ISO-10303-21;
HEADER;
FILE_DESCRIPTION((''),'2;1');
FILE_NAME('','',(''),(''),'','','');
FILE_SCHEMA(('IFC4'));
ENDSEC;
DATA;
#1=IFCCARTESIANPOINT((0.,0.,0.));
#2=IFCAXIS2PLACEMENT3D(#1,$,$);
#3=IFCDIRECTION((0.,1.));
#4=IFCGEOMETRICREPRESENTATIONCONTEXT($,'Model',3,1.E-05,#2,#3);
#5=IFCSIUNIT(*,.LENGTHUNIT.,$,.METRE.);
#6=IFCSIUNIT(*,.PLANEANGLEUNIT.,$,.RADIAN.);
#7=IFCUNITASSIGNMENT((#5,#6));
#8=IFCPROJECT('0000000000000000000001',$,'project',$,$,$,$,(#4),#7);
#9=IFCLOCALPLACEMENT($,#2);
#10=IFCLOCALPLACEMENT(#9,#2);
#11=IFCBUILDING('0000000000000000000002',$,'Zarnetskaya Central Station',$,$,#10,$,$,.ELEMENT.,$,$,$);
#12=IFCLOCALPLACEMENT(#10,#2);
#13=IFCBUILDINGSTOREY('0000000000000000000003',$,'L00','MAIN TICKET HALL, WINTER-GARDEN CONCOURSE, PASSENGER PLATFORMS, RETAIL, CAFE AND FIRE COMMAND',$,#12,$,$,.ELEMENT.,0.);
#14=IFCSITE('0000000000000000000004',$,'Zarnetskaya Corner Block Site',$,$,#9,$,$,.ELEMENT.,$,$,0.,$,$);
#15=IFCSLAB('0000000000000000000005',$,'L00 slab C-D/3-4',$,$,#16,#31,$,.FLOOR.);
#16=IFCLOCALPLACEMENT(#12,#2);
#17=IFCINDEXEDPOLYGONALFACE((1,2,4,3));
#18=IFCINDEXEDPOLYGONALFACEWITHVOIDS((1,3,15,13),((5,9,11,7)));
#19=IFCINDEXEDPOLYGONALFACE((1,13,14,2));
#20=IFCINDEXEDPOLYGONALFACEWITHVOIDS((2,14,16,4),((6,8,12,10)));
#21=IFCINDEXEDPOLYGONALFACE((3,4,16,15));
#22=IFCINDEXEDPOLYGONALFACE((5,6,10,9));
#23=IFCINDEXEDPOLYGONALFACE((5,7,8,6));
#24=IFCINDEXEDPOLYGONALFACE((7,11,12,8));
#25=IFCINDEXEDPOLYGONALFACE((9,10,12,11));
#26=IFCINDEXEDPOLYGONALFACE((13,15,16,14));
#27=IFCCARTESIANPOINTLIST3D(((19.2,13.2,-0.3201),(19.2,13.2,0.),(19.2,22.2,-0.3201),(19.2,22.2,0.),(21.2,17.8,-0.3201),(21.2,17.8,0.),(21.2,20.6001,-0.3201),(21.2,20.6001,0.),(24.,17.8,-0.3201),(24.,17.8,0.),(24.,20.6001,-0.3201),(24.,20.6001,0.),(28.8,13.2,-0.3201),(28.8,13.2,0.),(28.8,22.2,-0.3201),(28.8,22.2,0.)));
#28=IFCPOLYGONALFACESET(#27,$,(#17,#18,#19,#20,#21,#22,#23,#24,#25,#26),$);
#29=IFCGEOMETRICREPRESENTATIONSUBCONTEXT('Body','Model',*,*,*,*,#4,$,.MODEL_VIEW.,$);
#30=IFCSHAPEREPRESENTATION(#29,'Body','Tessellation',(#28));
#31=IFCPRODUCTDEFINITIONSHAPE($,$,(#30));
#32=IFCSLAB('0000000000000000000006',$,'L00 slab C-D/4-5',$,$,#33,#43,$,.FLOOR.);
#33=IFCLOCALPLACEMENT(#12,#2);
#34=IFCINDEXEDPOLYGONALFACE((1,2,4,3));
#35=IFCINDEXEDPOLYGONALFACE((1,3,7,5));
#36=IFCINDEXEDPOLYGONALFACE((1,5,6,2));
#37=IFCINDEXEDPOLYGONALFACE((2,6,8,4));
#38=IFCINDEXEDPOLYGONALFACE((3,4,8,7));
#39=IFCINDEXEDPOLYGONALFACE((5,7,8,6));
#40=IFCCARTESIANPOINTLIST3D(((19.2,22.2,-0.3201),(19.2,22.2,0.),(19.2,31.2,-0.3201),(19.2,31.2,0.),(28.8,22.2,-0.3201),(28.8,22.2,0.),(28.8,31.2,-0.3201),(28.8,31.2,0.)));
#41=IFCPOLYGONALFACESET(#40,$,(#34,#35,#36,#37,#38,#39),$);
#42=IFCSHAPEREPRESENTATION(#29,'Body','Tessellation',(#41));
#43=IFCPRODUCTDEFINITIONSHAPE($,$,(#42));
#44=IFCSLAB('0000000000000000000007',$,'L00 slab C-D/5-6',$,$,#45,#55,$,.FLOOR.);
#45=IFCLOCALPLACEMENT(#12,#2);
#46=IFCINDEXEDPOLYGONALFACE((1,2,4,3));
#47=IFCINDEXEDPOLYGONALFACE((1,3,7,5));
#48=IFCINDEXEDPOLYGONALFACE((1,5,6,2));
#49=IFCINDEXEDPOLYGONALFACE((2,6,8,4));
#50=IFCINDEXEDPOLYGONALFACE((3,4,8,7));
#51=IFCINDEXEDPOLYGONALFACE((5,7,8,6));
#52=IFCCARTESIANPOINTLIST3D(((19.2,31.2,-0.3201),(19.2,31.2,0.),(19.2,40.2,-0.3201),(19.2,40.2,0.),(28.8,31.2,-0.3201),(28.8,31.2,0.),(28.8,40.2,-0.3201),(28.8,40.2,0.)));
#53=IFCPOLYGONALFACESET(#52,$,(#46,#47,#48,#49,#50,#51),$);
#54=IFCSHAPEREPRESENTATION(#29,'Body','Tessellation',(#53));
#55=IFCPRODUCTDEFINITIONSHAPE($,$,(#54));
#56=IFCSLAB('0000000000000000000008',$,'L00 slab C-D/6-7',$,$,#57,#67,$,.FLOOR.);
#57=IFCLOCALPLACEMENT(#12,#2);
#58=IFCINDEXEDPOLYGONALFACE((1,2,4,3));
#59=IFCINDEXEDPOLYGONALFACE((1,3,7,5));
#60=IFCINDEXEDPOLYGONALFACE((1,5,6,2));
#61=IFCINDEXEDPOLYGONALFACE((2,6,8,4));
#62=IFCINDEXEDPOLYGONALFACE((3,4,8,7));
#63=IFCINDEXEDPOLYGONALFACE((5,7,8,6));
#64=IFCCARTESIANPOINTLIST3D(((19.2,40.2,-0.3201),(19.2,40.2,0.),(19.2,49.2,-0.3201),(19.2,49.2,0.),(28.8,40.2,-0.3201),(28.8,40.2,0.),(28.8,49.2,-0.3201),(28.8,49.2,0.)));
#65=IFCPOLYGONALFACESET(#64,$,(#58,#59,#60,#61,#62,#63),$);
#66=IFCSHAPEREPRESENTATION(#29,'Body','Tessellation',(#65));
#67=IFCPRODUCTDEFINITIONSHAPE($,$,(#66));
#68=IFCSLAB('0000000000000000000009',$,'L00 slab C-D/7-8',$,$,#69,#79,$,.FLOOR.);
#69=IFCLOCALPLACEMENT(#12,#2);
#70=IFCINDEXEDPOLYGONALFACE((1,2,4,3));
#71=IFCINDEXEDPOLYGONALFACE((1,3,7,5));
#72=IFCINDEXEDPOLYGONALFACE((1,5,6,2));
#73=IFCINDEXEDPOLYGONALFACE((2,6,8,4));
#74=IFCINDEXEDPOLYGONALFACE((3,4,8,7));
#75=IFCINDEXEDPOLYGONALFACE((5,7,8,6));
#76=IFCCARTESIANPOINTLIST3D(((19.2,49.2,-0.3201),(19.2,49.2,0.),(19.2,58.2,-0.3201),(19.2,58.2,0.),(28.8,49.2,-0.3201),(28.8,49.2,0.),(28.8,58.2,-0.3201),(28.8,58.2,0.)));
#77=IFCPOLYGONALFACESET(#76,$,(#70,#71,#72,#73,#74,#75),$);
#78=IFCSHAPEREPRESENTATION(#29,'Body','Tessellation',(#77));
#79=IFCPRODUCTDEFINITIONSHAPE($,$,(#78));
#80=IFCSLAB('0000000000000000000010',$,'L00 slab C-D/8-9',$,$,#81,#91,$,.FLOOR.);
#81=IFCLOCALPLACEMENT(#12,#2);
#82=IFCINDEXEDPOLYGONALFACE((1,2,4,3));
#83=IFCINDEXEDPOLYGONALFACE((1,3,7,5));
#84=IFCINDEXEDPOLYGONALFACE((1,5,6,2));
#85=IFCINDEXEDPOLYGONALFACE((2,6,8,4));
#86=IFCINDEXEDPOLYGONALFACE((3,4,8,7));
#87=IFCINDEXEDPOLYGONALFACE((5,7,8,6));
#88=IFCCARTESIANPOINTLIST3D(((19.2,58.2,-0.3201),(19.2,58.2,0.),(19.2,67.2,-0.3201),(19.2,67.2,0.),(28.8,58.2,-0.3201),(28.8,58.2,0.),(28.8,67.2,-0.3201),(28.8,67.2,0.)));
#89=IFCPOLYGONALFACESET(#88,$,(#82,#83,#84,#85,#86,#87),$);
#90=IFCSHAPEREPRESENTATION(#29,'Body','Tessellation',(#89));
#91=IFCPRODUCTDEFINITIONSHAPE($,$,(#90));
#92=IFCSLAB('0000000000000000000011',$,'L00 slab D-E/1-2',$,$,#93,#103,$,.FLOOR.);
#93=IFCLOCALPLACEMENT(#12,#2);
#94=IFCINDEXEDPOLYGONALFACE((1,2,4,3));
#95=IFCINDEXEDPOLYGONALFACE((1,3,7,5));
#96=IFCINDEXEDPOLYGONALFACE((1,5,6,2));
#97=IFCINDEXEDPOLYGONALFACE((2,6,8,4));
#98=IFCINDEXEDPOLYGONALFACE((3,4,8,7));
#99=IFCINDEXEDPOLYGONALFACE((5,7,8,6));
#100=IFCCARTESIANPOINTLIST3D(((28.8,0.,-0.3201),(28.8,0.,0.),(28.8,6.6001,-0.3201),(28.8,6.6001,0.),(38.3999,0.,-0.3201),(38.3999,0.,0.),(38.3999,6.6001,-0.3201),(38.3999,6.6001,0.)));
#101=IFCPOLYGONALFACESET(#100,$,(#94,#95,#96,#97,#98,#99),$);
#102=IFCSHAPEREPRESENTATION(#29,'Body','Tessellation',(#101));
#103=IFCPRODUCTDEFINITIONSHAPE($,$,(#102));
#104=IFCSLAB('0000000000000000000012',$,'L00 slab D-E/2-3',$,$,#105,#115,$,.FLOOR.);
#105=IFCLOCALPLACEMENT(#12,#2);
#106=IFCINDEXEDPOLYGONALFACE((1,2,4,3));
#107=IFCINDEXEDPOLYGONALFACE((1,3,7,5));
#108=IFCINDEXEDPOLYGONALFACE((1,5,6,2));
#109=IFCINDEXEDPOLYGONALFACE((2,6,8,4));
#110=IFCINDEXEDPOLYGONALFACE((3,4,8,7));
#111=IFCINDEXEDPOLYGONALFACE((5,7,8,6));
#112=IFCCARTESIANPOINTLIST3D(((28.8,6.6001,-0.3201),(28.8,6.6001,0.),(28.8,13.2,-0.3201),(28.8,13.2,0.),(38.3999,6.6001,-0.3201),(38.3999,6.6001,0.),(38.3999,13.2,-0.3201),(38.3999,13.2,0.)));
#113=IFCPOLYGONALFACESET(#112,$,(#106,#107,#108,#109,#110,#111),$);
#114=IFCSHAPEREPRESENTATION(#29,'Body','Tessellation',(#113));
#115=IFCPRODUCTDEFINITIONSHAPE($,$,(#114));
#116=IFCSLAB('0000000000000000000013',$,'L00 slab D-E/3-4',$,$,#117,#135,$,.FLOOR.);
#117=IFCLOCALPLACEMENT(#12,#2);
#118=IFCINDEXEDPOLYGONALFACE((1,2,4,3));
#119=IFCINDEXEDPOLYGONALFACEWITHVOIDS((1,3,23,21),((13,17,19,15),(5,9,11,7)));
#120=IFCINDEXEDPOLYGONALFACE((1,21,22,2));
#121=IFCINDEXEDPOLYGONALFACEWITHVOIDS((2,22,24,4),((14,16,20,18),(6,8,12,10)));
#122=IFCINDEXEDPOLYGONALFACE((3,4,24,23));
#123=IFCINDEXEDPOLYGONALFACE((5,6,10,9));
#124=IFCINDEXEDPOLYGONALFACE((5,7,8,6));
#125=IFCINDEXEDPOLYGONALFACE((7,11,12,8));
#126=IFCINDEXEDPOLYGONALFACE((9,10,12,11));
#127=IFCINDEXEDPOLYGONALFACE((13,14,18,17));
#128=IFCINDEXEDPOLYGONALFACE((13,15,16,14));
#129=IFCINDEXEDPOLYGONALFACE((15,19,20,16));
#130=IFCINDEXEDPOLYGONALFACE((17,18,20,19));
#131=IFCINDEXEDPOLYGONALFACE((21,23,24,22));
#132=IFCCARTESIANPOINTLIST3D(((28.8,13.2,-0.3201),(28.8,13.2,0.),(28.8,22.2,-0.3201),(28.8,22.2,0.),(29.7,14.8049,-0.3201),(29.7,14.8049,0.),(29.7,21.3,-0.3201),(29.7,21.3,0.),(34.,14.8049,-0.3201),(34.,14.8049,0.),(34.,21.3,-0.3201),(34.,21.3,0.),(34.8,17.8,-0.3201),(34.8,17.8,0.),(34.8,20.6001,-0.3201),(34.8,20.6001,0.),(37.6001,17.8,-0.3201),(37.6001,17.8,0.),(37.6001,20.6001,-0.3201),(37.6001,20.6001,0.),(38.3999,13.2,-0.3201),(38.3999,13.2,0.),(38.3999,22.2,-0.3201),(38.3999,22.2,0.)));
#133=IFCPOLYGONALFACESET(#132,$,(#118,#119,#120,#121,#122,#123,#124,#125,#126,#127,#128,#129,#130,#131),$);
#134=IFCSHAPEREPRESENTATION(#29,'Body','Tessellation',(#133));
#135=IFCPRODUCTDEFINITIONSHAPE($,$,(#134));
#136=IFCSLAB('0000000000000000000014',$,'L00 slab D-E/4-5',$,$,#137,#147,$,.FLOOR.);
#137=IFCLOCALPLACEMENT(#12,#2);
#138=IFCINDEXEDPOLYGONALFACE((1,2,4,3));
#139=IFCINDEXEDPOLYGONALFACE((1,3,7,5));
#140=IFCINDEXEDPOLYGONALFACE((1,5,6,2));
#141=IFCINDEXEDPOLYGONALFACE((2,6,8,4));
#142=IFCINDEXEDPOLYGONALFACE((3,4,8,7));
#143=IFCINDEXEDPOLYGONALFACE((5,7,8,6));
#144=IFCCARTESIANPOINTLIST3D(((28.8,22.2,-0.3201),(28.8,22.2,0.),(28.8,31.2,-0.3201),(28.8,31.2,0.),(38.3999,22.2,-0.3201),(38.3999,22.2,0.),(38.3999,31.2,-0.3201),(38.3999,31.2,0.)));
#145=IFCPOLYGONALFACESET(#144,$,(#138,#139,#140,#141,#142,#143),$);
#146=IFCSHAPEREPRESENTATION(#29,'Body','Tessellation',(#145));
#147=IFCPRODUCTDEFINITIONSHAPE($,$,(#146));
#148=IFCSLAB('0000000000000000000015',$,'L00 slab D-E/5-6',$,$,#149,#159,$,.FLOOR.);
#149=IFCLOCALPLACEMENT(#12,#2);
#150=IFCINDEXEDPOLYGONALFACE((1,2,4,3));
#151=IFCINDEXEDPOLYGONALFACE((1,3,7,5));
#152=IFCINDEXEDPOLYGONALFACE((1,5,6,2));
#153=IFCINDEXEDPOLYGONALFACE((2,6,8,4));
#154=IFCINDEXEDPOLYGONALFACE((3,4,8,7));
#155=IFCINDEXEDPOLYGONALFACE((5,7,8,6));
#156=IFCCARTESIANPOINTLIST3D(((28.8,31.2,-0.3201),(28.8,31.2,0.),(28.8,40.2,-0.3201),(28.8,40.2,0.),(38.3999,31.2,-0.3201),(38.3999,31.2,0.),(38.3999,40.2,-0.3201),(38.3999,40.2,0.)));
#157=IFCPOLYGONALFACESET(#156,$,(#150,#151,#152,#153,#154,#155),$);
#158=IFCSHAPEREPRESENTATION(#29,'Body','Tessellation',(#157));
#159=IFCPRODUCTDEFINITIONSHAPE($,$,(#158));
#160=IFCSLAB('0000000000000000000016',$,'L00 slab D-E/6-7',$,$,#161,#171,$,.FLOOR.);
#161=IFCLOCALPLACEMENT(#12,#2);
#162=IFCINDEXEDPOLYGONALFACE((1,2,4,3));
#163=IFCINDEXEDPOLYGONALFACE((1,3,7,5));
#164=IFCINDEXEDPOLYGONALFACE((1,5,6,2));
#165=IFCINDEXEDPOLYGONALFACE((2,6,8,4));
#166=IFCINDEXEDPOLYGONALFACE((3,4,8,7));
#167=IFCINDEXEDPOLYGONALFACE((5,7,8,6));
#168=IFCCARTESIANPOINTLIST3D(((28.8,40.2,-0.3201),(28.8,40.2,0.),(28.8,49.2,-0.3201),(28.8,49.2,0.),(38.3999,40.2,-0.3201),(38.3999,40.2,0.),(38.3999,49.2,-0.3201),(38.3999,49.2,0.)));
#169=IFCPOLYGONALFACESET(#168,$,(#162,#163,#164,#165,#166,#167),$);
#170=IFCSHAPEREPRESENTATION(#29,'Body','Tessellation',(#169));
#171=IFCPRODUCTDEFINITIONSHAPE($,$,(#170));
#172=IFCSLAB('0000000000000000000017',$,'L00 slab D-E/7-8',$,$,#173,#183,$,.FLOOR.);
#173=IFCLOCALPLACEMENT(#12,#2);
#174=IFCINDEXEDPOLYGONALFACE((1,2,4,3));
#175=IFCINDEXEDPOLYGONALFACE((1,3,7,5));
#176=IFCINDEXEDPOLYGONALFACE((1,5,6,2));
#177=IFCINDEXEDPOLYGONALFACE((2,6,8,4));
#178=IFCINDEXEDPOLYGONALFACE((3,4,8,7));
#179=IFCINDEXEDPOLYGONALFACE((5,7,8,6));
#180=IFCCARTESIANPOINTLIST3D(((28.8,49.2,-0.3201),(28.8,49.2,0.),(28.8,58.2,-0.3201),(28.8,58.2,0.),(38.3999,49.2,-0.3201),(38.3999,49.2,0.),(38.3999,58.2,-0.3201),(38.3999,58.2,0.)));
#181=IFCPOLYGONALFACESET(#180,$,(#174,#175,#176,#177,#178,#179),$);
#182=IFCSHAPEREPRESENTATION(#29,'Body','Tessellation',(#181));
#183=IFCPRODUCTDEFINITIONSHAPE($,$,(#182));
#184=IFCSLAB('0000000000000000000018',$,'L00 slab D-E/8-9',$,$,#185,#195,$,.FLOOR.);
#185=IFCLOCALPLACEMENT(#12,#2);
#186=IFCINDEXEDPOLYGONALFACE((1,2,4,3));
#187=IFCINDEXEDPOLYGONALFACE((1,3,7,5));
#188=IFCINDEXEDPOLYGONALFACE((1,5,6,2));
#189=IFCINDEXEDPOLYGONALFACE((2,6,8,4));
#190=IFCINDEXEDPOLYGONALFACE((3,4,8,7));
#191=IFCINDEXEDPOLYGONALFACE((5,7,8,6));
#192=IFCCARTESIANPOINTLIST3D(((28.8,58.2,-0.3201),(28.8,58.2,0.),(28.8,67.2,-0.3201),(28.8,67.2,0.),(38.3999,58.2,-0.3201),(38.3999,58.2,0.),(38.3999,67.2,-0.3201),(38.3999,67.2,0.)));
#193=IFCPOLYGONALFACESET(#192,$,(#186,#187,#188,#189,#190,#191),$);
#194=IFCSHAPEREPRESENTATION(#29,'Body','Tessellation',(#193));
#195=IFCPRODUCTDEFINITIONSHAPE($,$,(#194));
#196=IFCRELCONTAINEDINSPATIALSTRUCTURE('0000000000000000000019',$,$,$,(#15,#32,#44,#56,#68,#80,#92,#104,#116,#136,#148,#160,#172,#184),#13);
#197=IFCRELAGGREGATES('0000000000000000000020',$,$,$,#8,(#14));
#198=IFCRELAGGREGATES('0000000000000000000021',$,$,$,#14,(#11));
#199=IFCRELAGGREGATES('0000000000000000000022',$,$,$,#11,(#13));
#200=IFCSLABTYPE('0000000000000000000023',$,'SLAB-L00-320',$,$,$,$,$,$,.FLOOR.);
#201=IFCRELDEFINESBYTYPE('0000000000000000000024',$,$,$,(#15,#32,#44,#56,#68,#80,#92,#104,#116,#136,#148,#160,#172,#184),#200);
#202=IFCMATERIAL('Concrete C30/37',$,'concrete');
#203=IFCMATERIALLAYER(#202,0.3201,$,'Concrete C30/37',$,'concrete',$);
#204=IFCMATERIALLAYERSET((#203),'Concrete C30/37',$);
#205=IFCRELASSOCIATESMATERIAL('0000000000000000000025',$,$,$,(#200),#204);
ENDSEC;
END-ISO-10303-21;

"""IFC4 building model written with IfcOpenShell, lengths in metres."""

from ifc_helpers import new_model, si_unit, direction, frame, origin, place, context, subcontext, project, spatial, polyline, outline, extrude, material, layer, layer_set, type_object, element, save


model = new_model("IFC4")

# Units and contexts
model_context = context("Model", 3, precision=1e-05, world=origin(), true_north=direction((0.0, 1.0)))
body_context = subcontext(model_context, "Body", "Model", "MODEL_VIEW")
ifc_project = project(units=[si_unit("LENGTHUNIT", "METRE"), si_unit("PLANEANGLEUNIT", "RADIAN")], contexts=[model_context])

# Site, building, storey
site_placement = place(None, origin())
site = spatial("IfcSite", under=ifc_project, at=site_placement, Name="Zarnetskaya Corner Block Site", CompositionType="ELEMENT", RefElevation=0.0)
building_placement = place(site_placement, origin())
building = spatial("IfcBuilding", under=site, at=building_placement, Name="Zarnetskaya Central Station", CompositionType="ELEMENT")
storey_placement = place(building_placement, origin())
storey = spatial("IfcBuildingStorey", under=building, at=storey_placement, Name="L00", Description="MAIN TICKET HALL, WINTER-GARDEN CONCOURSE, PASSENGER PLATFORMS, RETAIL, CAFE AND FIRE COMMAND", CompositionType="ELEMENT", Elevation=0.0)

# Slabs
ifc_material = material(Name="Concrete C30/37", Category="concrete")
ifc_layer = layer(ifc_material, 0.3201, Name="Concrete C30/37", Category="concrete")
ifc_layer_set = layer_set([ifc_layer], Name="Concrete C30/37")
slab_type = type_object("IfcSlabType", Name="SLAB-L00-320", PredefinedType="FLOOR", material=ifc_layer_set)
slab_1_placement = place(storey_placement, frame((0.0, 0.0, -0.3201)))
element("IfcSlab", 1, at=slab_1_placement, inside=storey, type_object=slab_type, Name="L00 slab C-D/3-4", PredefinedType="FLOOR", context=body_context, shape_type="SweptSolid", body=[
    extrude(outline(polyline([(19.2, 13.2), (28.8, 13.2), (28.8, 22.2), (19.2, 22.2), (19.2, 13.2)]), holes=[polyline([(21.2, 17.8), (24.0, 17.8), (24.0, 20.6001), (21.2, 20.6001), (21.2, 17.8)])]), origin(), (0.0, 0.0, 1.0), 0.3201),
])
slab_2_placement = place(storey_placement, frame((0.0, 0.0, -0.3201)))
element("IfcSlab", 2, at=slab_2_placement, inside=storey, type_object=slab_type, Name="L00 slab C-D/4-5", PredefinedType="FLOOR", context=body_context, shape_type="SweptSolid", body=[
    extrude(outline(polyline([(19.2, 22.2), (28.8, 22.2), (28.8, 31.2), (19.2, 31.2), (19.2, 22.2)])), origin(), (0.0, 0.0, 1.0), 0.3201),
])
slab_3_placement = place(storey_placement, frame((0.0, 0.0, -0.3201)))
element("IfcSlab", 3, at=slab_3_placement, inside=storey, type_object=slab_type, Name="L00 slab C-D/5-6", PredefinedType="FLOOR", context=body_context, shape_type="SweptSolid", body=[
    extrude(outline(polyline([(19.2, 31.2), (28.8, 31.2), (28.8, 40.2), (19.2, 40.2), (19.2, 31.2)])), origin(), (0.0, 0.0, 1.0), 0.3201),
])
slab_4_placement = place(storey_placement, frame((0.0, 0.0, -0.3201)))
element("IfcSlab", 4, at=slab_4_placement, inside=storey, type_object=slab_type, Name="L00 slab C-D/6-7", PredefinedType="FLOOR", context=body_context, shape_type="SweptSolid", body=[
    extrude(outline(polyline([(19.2, 40.2), (28.8, 40.2), (28.8, 49.2), (19.2, 49.2), (19.2, 40.2)])), origin(), (0.0, 0.0, 1.0), 0.3201),
])
slab_5_placement = place(storey_placement, frame((0.0, 0.0, -0.3201)))
element("IfcSlab", 5, at=slab_5_placement, inside=storey, type_object=slab_type, Name="L00 slab C-D/7-8", PredefinedType="FLOOR", context=body_context, shape_type="SweptSolid", body=[
    extrude(outline(polyline([(19.2, 49.2), (28.8, 49.2), (28.8, 58.2), (19.2, 58.2), (19.2, 49.2)])), origin(), (0.0, 0.0, 1.0), 0.3201),
])
slab_6_placement = place(storey_placement, frame((0.0, 0.0, -0.3201)))
element("IfcSlab", 6, at=slab_6_placement, inside=storey, type_object=slab_type, Name="L00 slab C-D/8-9", PredefinedType="FLOOR", context=body_context, shape_type="SweptSolid", body=[
    extrude(outline(polyline([(19.2, 58.2), (28.8, 58.2), (28.8, 67.2), (19.2, 67.2), (19.2, 58.2)])), origin(), (0.0, 0.0, 1.0), 0.3201),
])
slab_7_placement = place(storey_placement, frame((0.0, 0.0, -0.3201)))
element("IfcSlab", 7, at=slab_7_placement, inside=storey, type_object=slab_type, Name="L00 slab D-E/1-2", PredefinedType="FLOOR", context=body_context, shape_type="SweptSolid", body=[
    extrude(outline(polyline([(28.8, 0.0), (38.3999, 0.0), (38.3999, 6.6001), (28.8, 6.6001), (28.8, 0.0)])), origin(), (0.0, 0.0, 1.0), 0.3201),
])
slab_8_placement = place(storey_placement, frame((0.0, 0.0, -0.3201)))
element("IfcSlab", 8, at=slab_8_placement, inside=storey, type_object=slab_type, Name="L00 slab D-E/2-3", PredefinedType="FLOOR", context=body_context, shape_type="SweptSolid", body=[
    extrude(outline(polyline([(28.8, 6.6001), (38.3999, 6.6001), (38.3999, 13.2), (28.8, 13.2), (28.8, 6.6001)])), origin(), (0.0, 0.0, 1.0), 0.3201),
])
slab_9_placement = place(storey_placement, frame((0.0, 0.0, -0.3201)))
element("IfcSlab", 9, at=slab_9_placement, inside=storey, type_object=slab_type, Name="L00 slab D-E/3-4", PredefinedType="FLOOR", context=body_context, shape_type="SweptSolid", body=[
    extrude(outline(polyline([(28.8, 13.2), (38.3999, 13.2), (38.3999, 22.2), (28.8, 22.2), (28.8, 13.2)]), holes=[polyline([(29.7, 14.8049), (34.0, 14.8049), (34.0, 21.3), (29.7, 21.3), (29.7, 14.8049)]), polyline([(34.8, 17.8), (37.6001, 17.8), (37.6001, 20.6001), (34.8, 20.6001), (34.8, 17.8)])]), origin(), (0.0, 0.0, 1.0), 0.3201),
])
slab_10_placement = place(storey_placement, frame((0.0, 0.0, -0.3201)))
element("IfcSlab", 10, at=slab_10_placement, inside=storey, type_object=slab_type, Name="L00 slab D-E/4-5", PredefinedType="FLOOR", context=body_context, shape_type="SweptSolid", body=[
    extrude(outline(polyline([(28.8, 22.2), (38.3999, 22.2), (38.3999, 31.2), (28.8, 31.2), (28.8, 22.2)])), origin(), (0.0, 0.0, 1.0), 0.3201),
])
slab_11_placement = place(storey_placement, frame((0.0, 0.0, -0.3201)))
element("IfcSlab", 11, at=slab_11_placement, inside=storey, type_object=slab_type, Name="L00 slab D-E/5-6", PredefinedType="FLOOR", context=body_context, shape_type="SweptSolid", body=[
    extrude(outline(polyline([(28.8, 31.2), (38.3999, 31.2), (38.3999, 40.2), (28.8, 40.2), (28.8, 31.2)])), origin(), (0.0, 0.0, 1.0), 0.3201),
])
slab_12_placement = place(storey_placement, frame((0.0, 0.0, -0.3201)))
element("IfcSlab", 12, at=slab_12_placement, inside=storey, type_object=slab_type, Name="L00 slab D-E/6-7", PredefinedType="FLOOR", context=body_context, shape_type="SweptSolid", body=[
    extrude(outline(polyline([(28.8, 40.2), (38.3999, 40.2), (38.3999, 49.2), (28.8, 49.2), (28.8, 40.2)])), origin(), (0.0, 0.0, 1.0), 0.3201),
])
slab_13_placement = place(storey_placement, frame((0.0, 0.0, -0.3201)))
element("IfcSlab", 13, at=slab_13_placement, inside=storey, type_object=slab_type, Name="L00 slab D-E/7-8", PredefinedType="FLOOR", context=body_context, shape_type="SweptSolid", body=[
    extrude(outline(polyline([(28.8, 49.2), (38.3999, 49.2), (38.3999, 58.2), (28.8, 58.2), (28.8, 49.2)])), origin(), (0.0, 0.0, 1.0), 0.3201),
])
slab_14_placement = place(storey_placement, frame((0.0, 0.0, -0.3201)))
element("IfcSlab", 14, at=slab_14_placement, inside=storey, type_object=slab_type, Name="L00 slab D-E/8-9", PredefinedType="FLOOR", context=body_context, shape_type="SweptSolid", body=[
    extrude(outline(polyline([(28.8, 58.2), (38.3999, 58.2), (38.3999, 67.2), (28.8, 67.2), (28.8, 58.2)])), origin(), (0.0, 0.0, 1.0), 0.3201),
])

save(model, "model.ifc")
